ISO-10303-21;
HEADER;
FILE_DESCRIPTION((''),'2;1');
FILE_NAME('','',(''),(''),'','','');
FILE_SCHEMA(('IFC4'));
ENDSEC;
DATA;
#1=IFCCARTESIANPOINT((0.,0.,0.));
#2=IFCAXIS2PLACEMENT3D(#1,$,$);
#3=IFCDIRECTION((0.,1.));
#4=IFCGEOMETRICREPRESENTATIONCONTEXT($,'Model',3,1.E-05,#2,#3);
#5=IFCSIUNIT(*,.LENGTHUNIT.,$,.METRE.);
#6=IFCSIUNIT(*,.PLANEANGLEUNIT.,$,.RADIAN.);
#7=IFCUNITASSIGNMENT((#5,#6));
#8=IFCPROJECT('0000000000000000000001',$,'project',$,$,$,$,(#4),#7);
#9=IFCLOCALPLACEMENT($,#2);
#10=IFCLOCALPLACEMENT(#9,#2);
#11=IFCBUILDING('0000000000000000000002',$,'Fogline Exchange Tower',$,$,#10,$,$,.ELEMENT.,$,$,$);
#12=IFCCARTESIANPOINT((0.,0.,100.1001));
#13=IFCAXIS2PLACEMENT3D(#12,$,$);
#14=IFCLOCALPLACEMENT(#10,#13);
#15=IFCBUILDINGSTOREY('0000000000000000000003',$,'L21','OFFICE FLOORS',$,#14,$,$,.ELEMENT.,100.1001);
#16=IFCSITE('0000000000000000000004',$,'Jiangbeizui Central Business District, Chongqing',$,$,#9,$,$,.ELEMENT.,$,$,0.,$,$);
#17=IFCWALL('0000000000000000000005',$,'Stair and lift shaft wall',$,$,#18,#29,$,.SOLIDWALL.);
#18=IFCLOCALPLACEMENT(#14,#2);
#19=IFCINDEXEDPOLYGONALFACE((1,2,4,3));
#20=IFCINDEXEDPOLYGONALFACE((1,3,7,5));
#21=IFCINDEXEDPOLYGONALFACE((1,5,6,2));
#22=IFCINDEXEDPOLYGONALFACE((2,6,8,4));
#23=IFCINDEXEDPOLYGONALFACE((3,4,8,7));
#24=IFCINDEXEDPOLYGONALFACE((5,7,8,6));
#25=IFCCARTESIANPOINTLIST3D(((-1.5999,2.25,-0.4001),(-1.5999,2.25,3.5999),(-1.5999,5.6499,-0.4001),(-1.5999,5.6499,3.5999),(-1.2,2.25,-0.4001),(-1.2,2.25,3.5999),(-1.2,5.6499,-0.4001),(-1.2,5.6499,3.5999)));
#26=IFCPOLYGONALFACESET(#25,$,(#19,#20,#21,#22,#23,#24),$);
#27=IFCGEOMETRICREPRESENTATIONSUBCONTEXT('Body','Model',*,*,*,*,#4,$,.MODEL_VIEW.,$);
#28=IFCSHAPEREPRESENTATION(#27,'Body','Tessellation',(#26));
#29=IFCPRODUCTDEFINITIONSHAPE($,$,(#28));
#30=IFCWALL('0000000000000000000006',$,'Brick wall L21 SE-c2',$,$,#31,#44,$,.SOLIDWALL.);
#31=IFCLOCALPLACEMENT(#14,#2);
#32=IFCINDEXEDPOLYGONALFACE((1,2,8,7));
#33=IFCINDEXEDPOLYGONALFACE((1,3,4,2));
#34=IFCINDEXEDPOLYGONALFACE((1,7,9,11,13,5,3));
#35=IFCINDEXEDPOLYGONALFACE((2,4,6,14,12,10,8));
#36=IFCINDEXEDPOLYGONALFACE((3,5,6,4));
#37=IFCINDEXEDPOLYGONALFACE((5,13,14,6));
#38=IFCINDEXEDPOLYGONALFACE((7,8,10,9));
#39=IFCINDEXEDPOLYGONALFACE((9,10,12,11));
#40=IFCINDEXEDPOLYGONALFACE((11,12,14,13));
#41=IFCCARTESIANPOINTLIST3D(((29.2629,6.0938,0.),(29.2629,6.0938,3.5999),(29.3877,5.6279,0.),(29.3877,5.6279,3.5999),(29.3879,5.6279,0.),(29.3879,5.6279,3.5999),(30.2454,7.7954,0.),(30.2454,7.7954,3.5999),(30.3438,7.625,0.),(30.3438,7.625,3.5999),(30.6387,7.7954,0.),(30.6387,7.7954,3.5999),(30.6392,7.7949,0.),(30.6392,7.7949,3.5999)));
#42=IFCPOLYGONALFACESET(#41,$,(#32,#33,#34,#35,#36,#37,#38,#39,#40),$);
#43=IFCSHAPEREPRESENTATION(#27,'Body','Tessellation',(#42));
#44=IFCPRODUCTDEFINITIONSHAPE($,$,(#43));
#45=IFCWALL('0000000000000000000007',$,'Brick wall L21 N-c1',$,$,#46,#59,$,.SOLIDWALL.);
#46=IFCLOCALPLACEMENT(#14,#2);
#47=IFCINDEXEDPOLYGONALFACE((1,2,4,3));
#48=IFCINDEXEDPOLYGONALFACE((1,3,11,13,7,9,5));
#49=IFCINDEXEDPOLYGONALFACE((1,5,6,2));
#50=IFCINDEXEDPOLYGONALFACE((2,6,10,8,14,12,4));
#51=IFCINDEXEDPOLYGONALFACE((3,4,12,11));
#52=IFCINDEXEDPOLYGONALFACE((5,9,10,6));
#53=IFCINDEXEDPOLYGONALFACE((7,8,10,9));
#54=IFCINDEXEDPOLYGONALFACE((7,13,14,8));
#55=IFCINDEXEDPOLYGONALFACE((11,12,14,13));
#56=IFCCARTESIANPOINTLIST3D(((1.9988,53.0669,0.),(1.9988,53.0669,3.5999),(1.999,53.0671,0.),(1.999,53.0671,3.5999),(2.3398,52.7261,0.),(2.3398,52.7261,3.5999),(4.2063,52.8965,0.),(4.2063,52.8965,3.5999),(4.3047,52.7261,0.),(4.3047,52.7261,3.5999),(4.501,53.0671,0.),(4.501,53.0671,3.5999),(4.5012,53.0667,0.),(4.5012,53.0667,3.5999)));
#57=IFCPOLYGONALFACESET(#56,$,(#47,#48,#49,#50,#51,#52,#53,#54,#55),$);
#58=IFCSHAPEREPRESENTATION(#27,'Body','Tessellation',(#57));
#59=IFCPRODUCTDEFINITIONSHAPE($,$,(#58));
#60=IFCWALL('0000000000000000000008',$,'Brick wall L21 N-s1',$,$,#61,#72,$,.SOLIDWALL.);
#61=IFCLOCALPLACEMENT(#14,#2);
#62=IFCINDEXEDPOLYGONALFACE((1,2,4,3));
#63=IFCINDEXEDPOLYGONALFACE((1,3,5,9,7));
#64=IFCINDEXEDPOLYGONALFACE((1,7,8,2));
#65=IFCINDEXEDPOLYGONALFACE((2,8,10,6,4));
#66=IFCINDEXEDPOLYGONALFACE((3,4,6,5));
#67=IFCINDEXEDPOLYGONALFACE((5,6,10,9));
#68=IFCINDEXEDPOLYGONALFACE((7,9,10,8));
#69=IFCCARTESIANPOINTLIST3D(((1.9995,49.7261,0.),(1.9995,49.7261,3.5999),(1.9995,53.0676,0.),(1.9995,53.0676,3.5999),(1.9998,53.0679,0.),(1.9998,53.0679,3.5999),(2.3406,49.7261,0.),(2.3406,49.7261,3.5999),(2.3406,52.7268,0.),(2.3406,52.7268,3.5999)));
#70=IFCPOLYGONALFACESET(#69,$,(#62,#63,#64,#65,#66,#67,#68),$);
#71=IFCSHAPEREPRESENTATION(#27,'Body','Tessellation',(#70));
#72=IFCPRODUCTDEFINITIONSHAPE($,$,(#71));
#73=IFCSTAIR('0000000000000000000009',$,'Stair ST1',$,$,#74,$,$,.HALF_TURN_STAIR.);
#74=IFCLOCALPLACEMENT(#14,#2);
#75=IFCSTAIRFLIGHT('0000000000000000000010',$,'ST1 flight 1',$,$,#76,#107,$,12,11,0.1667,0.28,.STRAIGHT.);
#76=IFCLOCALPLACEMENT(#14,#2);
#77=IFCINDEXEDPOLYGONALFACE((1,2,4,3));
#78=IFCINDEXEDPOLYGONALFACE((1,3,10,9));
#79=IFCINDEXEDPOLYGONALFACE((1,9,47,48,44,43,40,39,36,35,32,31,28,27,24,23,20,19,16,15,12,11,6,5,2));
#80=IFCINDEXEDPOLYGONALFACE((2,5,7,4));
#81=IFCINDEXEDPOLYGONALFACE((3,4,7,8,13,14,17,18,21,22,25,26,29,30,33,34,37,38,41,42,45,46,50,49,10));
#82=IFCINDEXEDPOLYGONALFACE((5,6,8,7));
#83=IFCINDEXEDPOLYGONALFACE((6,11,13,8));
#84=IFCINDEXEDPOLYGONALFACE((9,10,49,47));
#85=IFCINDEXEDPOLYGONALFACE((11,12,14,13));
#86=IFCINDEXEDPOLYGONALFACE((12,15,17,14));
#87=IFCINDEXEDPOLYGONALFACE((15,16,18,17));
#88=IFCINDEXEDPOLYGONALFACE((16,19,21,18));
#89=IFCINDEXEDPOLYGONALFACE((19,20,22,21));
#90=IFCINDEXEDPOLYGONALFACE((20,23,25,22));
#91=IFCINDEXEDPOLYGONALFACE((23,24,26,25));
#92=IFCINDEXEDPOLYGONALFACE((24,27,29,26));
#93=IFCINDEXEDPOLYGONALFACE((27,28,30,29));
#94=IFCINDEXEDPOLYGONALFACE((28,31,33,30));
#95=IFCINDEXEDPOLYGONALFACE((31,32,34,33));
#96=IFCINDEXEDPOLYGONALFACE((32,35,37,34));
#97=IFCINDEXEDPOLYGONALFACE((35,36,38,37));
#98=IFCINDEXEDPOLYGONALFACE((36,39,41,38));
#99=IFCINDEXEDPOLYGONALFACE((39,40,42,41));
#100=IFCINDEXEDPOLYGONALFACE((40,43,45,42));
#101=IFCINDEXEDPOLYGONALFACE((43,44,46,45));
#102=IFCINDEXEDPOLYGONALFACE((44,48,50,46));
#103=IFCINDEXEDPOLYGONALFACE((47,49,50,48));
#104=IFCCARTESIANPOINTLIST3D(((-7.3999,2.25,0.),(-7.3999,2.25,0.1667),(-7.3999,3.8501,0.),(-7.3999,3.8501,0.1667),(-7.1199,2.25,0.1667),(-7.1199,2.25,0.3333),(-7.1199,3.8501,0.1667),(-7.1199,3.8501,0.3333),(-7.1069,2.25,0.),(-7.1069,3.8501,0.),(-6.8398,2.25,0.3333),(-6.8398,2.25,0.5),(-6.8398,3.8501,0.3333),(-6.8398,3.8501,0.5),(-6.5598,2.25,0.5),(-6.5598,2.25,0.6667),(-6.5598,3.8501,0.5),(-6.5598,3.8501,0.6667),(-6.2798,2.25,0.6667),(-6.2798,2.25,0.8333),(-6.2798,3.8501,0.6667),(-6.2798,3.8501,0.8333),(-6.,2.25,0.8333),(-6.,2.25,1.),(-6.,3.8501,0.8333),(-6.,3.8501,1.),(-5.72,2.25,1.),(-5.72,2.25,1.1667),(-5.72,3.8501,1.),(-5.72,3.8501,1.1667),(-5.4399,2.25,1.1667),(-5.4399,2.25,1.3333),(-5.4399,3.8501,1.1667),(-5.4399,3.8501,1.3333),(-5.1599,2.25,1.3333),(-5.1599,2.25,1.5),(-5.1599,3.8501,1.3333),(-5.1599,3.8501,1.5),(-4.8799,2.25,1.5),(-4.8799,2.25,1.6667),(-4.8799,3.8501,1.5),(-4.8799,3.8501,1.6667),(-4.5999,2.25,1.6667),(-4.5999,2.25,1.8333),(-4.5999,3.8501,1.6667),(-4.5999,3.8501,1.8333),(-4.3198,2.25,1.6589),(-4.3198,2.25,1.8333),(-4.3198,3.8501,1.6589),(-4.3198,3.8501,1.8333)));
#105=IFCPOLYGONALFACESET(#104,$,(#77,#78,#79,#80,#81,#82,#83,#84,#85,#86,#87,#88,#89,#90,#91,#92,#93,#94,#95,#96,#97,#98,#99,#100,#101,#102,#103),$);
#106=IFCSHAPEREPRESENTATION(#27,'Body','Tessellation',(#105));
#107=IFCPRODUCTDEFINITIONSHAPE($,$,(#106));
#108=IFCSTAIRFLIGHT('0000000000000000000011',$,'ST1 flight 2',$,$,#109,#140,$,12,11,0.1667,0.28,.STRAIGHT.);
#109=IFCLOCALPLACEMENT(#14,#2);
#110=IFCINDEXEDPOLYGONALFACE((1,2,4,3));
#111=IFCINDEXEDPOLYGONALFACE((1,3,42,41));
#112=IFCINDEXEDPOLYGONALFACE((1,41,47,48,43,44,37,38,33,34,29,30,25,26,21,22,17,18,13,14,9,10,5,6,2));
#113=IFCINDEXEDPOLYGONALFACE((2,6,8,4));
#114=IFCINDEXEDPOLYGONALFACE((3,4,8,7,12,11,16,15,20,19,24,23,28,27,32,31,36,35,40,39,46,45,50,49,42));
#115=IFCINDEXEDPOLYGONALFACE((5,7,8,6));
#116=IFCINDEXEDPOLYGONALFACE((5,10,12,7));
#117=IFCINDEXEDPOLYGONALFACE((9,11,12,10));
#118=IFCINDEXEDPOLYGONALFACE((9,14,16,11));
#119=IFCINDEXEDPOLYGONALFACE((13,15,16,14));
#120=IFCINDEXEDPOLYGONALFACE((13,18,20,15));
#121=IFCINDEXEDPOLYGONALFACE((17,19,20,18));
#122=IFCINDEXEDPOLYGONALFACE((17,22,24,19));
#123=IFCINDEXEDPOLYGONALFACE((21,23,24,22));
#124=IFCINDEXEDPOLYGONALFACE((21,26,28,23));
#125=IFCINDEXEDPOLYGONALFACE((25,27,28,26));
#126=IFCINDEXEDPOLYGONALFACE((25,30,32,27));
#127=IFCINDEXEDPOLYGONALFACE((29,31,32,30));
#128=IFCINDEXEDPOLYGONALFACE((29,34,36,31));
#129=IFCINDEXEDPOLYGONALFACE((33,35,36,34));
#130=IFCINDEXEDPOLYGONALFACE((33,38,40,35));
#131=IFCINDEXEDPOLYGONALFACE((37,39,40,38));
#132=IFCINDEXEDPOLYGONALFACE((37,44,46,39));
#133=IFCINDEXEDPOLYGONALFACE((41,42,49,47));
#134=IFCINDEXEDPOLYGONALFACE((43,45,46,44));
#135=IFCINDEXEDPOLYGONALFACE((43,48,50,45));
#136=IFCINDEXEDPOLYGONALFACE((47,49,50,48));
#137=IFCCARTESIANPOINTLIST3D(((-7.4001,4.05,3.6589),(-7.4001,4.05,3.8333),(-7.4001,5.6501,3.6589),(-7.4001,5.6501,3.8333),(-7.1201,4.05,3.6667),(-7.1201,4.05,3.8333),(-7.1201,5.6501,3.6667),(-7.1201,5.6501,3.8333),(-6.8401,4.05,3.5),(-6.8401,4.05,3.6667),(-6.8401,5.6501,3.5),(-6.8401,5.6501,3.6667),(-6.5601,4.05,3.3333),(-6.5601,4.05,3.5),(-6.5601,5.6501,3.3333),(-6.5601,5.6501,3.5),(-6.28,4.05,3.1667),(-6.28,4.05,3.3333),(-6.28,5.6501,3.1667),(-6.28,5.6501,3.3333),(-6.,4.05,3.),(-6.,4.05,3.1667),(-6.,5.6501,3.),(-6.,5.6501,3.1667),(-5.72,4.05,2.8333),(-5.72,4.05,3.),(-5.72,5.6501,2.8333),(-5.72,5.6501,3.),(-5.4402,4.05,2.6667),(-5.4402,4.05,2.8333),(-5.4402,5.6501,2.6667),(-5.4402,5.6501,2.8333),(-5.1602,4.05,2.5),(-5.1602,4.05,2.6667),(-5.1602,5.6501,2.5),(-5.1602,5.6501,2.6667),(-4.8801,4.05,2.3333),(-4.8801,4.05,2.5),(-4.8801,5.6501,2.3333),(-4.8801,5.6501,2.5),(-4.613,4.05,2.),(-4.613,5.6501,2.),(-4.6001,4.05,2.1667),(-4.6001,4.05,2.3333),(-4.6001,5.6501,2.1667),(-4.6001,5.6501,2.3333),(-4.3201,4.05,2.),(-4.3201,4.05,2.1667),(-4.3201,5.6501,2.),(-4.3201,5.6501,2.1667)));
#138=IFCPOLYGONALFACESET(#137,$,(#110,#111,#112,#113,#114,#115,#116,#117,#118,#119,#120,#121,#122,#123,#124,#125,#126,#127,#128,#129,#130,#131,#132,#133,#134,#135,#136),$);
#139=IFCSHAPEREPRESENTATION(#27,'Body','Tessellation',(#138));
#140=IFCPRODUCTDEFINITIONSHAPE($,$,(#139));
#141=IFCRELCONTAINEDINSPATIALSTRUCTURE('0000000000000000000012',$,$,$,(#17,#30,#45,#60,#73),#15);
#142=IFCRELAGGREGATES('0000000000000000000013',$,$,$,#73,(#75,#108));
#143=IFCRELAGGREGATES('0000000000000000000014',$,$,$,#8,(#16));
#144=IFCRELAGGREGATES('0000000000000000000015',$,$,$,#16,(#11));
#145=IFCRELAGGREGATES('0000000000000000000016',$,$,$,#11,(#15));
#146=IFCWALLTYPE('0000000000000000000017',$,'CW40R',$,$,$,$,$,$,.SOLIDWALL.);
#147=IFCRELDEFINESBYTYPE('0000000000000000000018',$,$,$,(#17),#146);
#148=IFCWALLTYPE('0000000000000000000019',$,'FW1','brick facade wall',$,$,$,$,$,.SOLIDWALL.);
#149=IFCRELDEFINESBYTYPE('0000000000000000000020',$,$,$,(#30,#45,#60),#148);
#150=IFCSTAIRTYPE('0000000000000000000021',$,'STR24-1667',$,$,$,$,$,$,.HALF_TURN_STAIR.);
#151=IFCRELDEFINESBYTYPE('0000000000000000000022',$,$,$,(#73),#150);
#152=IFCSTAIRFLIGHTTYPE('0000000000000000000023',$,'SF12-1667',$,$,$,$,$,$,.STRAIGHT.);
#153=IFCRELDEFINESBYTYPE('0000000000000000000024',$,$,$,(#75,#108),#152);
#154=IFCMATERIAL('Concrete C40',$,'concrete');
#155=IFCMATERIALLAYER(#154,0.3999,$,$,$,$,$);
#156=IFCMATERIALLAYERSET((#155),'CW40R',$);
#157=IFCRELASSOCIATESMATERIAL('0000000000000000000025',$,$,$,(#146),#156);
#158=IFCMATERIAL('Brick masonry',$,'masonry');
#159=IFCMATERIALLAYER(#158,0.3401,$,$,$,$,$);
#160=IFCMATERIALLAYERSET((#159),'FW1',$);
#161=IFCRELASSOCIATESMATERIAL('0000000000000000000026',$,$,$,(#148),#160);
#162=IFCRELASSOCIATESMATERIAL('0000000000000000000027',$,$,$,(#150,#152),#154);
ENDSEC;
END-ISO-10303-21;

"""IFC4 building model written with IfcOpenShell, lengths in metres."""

from ifc_helpers import new_model, si_unit, direction, frame, frame_2d, origin, place, context, subcontext, project, spatial, polyline, rectangle, outline, extrude, material, layer, layer_set, type_object, element, aggregate, save


model = new_model("IFC4")

# Units and contexts
model_context = context("Model", 3, precision=1e-05, world=origin(), true_north=direction((0.0, 1.0)))
body_context = subcontext(model_context, "Body", "Model", "MODEL_VIEW")
ifc_project = project(units=[si_unit("LENGTHUNIT", "METRE"), si_unit("PLANEANGLEUNIT", "RADIAN")], contexts=[model_context])

# Site, building, storey
site_placement = place(None, origin())
site = spatial("IfcSite", under=ifc_project, at=site_placement, Name="Jiangbeizui Central Business District, Chongqing", CompositionType="ELEMENT", RefElevation=0.0)
building_placement = place(site_placement, origin())
building = spatial("IfcBuilding", under=site, at=building_placement, Name="Fogline Exchange Tower", CompositionType="ELEMENT")
storey_placement = place(building_placement, frame((0.0, 0.0, 100.1001)))
storey = spatial("IfcBuildingStorey", under=building, at=storey_placement, Name="L21", Description="OFFICE FLOORS", CompositionType="ELEMENT", Elevation=100.1001)

# Shared definitions
ifc_material_1 = material(Name="Concrete C40", Category="concrete")

# Walls
ifc_layer_1 = layer(ifc_material_1, 0.3999)
ifc_layer_set_1 = layer_set([ifc_layer_1], Name="CW40R")
wall_type_1 = type_object("IfcWallType", Name="CW40R", PredefinedType="SOLIDWALL", material=ifc_layer_set_1)
wall_1_placement = place(storey_placement, frame((-1.3999, 2.25, -0.4001), z_axis=(0.0, 0.0, 1.0), x_axis=(0.0, 1.0, 0.0)))
element("IfcWall", 1, at=wall_1_placement, inside=storey, type_object=wall_type_1, Name="Stair and lift shaft wall", PredefinedType="SOLIDWALL", context=body_context, shape_type="SweptSolid", body=[
    extrude(rectangle(XDim=3.3999, YDim=0.3999, at=frame_2d((1.7, 0.0))), origin(), (0.0, 0.0, 1.0), 4.0),
])
ifc_material_2 = material(Name="Brick masonry", Category="masonry")
ifc_layer_2 = layer(ifc_material_2, 0.3401)
ifc_layer_set_2 = layer_set([ifc_layer_2], Name="FW1")
wall_type_2 = type_object("IfcWallType", Name="FW1", Description="brick facade wall", PredefinedType="SOLIDWALL", material=ifc_layer_set_2)
wall_2_placement = place(storey_placement, origin())
element("IfcWall", 2, at=wall_2_placement, inside=storey, type_object=wall_type_2, Name="Brick wall L21 SE-c2", PredefinedType="SOLIDWALL", context=body_context, shape_type="SweptSolid", body=[
    extrude(outline(polyline([(30.2454, 7.7954), (30.3438, 7.625), (30.6387, 7.7954), (30.6392, 7.7949), (29.3879, 5.6279), (29.3877, 5.6279), (29.2629, 6.0938), (30.2454, 7.7954)])), origin(), (0.0, 0.0, 1.0), 3.5999),
])
wall_3_placement = place(storey_placement, origin())
element("IfcWall", 3, at=wall_3_placement, inside=storey, type_object=wall_type_2, Name="Brick wall L21 N-c1", PredefinedType="SOLIDWALL", context=body_context, shape_type="SweptSolid", body=[
    extrude(outline(polyline([(1.999, 53.0671), (4.501, 53.0671), (4.5012, 53.0667), (4.2063, 52.8965), (4.3047, 52.7261), (2.3398, 52.7261), (1.9988, 53.0669), (1.999, 53.0671)])), origin(), (0.0, 0.0, 1.0), 3.5999),
])
wall_4_placement = place(storey_placement, origin())
element("IfcWall", 4, at=wall_4_placement, inside=storey, type_object=wall_type_2, Name="Brick wall L21 N-s1", PredefinedType="SOLIDWALL", context=body_context, shape_type="SweptSolid", body=[
    extrude(outline(polyline([(2.3406, 49.7261), (1.9995, 49.7261), (1.9995, 53.0676), (1.9998, 53.0679), (2.3406, 52.7268), (2.3406, 49.7261)])), origin(), (0.0, 0.0, 1.0), 3.5999),
])

# Stair, stair flights
stair_type = type_object("IfcStairType", Name="STR24-1667", PredefinedType="HALF_TURN_STAIR", material=ifc_material_1)
stair_placement = place(storey_placement, origin())
stair = element("IfcStair", 5, at=stair_placement, inside=storey, type_object=stair_type, Name="Stair ST1", PredefinedType="HALF_TURN_STAIR")
stair_flight_type = type_object("IfcStairFlightType", Name="SF12-1667", PredefinedType="STRAIGHT", material=ifc_material_1)
stair_flight_1_placement = place(storey_placement, frame((-7.3999, 3.05, 0.0), z_axis=(0.0, 0.0, 1.0), x_axis=(1.0, 0.0, 0.0)))
stair_flight_1 = element("IfcStairFlight", 6, at=stair_flight_1_placement, type_object=stair_flight_type, Name="ST1 flight 1", NumberOfRisers=12, NumberOfTreads=11, PredefinedType="STRAIGHT", RiserHeight=0.1667, TreadLength=0.28, context=body_context, shape_type="SweptSolid", body=[
    extrude(outline(polyline([(0.0, 0.0), (0.0, 0.1667), (0.28, 0.1667), (0.28, 0.3333), (0.5601, 0.3333), (0.5601, 0.5), (0.8401, 0.5), (0.8401, 0.6667), (1.1201, 0.6667), (1.1201, 0.8333), (1.3999, 0.8333), (1.3999, 1.0), (1.6799, 1.0), (1.6799, 1.1667), (1.96, 1.1667), (1.96, 1.3333), (2.24, 1.3333), (2.24, 1.5), (2.52, 1.5), (2.52, 1.6667), (2.8, 1.6667), (2.8, 1.8333), (3.0801, 1.8333), (3.0801, 2.0), (3.0801, 1.6589), (0.293, 0.0), (0.0, 0.0)])), frame((0.0, 0.8, 0.0), z_axis=(0.0, -1.0, 0.0), x_axis=(1.0, 0.0, 0.0)), (0.0, 0.0, 1.0), 1.6001),
])
stair_flight_2_placement = place(storey_placement, frame((-4.3201, 4.8501, 2.0), z_axis=(0.0, 0.0, 1.0), x_axis=(-1.0, 0.0, 0.0)))
stair_flight_2 = element("IfcStairFlight", 7, at=stair_flight_2_placement, type_object=stair_flight_type, Name="ST1 flight 2", NumberOfRisers=12, NumberOfTreads=11, PredefinedType="STRAIGHT", RiserHeight=0.1667, TreadLength=0.28, context=body_context, shape_type="SweptSolid", body=[
    extrude(outline(polyline([(0.0, 0.0), (0.0, 0.1667), (0.28, 0.1667), (0.28, 0.3333), (0.5601, 0.3333), (0.5601, 0.5), (0.8401, 0.5), (0.8401, 0.6667), (1.1201, 0.6667), (1.1201, 0.8333), (1.3999, 0.8333), (1.3999, 1.0), (1.6799, 1.0), (1.6799, 1.1667), (1.96, 1.1667), (1.96, 1.3333), (2.24, 1.3333), (2.24, 1.5), (2.52, 1.5), (2.52, 1.6667), (2.8, 1.6667), (2.8, 1.8333), (3.0801, 1.8333), (3.0801, 2.0), (3.0801, 1.6589), (0.293, 0.0), (0.0, 0.0)])), frame((0.0, 0.8, 0.0), z_axis=(0.0, -1.0, 0.0), x_axis=(1.0, 0.0, 0.0)), (0.0, 0.0, 1.0), 1.6001),
])
aggregate(stair, [stair_flight_1, stair_flight_2])

save(model, "model.ifc")
